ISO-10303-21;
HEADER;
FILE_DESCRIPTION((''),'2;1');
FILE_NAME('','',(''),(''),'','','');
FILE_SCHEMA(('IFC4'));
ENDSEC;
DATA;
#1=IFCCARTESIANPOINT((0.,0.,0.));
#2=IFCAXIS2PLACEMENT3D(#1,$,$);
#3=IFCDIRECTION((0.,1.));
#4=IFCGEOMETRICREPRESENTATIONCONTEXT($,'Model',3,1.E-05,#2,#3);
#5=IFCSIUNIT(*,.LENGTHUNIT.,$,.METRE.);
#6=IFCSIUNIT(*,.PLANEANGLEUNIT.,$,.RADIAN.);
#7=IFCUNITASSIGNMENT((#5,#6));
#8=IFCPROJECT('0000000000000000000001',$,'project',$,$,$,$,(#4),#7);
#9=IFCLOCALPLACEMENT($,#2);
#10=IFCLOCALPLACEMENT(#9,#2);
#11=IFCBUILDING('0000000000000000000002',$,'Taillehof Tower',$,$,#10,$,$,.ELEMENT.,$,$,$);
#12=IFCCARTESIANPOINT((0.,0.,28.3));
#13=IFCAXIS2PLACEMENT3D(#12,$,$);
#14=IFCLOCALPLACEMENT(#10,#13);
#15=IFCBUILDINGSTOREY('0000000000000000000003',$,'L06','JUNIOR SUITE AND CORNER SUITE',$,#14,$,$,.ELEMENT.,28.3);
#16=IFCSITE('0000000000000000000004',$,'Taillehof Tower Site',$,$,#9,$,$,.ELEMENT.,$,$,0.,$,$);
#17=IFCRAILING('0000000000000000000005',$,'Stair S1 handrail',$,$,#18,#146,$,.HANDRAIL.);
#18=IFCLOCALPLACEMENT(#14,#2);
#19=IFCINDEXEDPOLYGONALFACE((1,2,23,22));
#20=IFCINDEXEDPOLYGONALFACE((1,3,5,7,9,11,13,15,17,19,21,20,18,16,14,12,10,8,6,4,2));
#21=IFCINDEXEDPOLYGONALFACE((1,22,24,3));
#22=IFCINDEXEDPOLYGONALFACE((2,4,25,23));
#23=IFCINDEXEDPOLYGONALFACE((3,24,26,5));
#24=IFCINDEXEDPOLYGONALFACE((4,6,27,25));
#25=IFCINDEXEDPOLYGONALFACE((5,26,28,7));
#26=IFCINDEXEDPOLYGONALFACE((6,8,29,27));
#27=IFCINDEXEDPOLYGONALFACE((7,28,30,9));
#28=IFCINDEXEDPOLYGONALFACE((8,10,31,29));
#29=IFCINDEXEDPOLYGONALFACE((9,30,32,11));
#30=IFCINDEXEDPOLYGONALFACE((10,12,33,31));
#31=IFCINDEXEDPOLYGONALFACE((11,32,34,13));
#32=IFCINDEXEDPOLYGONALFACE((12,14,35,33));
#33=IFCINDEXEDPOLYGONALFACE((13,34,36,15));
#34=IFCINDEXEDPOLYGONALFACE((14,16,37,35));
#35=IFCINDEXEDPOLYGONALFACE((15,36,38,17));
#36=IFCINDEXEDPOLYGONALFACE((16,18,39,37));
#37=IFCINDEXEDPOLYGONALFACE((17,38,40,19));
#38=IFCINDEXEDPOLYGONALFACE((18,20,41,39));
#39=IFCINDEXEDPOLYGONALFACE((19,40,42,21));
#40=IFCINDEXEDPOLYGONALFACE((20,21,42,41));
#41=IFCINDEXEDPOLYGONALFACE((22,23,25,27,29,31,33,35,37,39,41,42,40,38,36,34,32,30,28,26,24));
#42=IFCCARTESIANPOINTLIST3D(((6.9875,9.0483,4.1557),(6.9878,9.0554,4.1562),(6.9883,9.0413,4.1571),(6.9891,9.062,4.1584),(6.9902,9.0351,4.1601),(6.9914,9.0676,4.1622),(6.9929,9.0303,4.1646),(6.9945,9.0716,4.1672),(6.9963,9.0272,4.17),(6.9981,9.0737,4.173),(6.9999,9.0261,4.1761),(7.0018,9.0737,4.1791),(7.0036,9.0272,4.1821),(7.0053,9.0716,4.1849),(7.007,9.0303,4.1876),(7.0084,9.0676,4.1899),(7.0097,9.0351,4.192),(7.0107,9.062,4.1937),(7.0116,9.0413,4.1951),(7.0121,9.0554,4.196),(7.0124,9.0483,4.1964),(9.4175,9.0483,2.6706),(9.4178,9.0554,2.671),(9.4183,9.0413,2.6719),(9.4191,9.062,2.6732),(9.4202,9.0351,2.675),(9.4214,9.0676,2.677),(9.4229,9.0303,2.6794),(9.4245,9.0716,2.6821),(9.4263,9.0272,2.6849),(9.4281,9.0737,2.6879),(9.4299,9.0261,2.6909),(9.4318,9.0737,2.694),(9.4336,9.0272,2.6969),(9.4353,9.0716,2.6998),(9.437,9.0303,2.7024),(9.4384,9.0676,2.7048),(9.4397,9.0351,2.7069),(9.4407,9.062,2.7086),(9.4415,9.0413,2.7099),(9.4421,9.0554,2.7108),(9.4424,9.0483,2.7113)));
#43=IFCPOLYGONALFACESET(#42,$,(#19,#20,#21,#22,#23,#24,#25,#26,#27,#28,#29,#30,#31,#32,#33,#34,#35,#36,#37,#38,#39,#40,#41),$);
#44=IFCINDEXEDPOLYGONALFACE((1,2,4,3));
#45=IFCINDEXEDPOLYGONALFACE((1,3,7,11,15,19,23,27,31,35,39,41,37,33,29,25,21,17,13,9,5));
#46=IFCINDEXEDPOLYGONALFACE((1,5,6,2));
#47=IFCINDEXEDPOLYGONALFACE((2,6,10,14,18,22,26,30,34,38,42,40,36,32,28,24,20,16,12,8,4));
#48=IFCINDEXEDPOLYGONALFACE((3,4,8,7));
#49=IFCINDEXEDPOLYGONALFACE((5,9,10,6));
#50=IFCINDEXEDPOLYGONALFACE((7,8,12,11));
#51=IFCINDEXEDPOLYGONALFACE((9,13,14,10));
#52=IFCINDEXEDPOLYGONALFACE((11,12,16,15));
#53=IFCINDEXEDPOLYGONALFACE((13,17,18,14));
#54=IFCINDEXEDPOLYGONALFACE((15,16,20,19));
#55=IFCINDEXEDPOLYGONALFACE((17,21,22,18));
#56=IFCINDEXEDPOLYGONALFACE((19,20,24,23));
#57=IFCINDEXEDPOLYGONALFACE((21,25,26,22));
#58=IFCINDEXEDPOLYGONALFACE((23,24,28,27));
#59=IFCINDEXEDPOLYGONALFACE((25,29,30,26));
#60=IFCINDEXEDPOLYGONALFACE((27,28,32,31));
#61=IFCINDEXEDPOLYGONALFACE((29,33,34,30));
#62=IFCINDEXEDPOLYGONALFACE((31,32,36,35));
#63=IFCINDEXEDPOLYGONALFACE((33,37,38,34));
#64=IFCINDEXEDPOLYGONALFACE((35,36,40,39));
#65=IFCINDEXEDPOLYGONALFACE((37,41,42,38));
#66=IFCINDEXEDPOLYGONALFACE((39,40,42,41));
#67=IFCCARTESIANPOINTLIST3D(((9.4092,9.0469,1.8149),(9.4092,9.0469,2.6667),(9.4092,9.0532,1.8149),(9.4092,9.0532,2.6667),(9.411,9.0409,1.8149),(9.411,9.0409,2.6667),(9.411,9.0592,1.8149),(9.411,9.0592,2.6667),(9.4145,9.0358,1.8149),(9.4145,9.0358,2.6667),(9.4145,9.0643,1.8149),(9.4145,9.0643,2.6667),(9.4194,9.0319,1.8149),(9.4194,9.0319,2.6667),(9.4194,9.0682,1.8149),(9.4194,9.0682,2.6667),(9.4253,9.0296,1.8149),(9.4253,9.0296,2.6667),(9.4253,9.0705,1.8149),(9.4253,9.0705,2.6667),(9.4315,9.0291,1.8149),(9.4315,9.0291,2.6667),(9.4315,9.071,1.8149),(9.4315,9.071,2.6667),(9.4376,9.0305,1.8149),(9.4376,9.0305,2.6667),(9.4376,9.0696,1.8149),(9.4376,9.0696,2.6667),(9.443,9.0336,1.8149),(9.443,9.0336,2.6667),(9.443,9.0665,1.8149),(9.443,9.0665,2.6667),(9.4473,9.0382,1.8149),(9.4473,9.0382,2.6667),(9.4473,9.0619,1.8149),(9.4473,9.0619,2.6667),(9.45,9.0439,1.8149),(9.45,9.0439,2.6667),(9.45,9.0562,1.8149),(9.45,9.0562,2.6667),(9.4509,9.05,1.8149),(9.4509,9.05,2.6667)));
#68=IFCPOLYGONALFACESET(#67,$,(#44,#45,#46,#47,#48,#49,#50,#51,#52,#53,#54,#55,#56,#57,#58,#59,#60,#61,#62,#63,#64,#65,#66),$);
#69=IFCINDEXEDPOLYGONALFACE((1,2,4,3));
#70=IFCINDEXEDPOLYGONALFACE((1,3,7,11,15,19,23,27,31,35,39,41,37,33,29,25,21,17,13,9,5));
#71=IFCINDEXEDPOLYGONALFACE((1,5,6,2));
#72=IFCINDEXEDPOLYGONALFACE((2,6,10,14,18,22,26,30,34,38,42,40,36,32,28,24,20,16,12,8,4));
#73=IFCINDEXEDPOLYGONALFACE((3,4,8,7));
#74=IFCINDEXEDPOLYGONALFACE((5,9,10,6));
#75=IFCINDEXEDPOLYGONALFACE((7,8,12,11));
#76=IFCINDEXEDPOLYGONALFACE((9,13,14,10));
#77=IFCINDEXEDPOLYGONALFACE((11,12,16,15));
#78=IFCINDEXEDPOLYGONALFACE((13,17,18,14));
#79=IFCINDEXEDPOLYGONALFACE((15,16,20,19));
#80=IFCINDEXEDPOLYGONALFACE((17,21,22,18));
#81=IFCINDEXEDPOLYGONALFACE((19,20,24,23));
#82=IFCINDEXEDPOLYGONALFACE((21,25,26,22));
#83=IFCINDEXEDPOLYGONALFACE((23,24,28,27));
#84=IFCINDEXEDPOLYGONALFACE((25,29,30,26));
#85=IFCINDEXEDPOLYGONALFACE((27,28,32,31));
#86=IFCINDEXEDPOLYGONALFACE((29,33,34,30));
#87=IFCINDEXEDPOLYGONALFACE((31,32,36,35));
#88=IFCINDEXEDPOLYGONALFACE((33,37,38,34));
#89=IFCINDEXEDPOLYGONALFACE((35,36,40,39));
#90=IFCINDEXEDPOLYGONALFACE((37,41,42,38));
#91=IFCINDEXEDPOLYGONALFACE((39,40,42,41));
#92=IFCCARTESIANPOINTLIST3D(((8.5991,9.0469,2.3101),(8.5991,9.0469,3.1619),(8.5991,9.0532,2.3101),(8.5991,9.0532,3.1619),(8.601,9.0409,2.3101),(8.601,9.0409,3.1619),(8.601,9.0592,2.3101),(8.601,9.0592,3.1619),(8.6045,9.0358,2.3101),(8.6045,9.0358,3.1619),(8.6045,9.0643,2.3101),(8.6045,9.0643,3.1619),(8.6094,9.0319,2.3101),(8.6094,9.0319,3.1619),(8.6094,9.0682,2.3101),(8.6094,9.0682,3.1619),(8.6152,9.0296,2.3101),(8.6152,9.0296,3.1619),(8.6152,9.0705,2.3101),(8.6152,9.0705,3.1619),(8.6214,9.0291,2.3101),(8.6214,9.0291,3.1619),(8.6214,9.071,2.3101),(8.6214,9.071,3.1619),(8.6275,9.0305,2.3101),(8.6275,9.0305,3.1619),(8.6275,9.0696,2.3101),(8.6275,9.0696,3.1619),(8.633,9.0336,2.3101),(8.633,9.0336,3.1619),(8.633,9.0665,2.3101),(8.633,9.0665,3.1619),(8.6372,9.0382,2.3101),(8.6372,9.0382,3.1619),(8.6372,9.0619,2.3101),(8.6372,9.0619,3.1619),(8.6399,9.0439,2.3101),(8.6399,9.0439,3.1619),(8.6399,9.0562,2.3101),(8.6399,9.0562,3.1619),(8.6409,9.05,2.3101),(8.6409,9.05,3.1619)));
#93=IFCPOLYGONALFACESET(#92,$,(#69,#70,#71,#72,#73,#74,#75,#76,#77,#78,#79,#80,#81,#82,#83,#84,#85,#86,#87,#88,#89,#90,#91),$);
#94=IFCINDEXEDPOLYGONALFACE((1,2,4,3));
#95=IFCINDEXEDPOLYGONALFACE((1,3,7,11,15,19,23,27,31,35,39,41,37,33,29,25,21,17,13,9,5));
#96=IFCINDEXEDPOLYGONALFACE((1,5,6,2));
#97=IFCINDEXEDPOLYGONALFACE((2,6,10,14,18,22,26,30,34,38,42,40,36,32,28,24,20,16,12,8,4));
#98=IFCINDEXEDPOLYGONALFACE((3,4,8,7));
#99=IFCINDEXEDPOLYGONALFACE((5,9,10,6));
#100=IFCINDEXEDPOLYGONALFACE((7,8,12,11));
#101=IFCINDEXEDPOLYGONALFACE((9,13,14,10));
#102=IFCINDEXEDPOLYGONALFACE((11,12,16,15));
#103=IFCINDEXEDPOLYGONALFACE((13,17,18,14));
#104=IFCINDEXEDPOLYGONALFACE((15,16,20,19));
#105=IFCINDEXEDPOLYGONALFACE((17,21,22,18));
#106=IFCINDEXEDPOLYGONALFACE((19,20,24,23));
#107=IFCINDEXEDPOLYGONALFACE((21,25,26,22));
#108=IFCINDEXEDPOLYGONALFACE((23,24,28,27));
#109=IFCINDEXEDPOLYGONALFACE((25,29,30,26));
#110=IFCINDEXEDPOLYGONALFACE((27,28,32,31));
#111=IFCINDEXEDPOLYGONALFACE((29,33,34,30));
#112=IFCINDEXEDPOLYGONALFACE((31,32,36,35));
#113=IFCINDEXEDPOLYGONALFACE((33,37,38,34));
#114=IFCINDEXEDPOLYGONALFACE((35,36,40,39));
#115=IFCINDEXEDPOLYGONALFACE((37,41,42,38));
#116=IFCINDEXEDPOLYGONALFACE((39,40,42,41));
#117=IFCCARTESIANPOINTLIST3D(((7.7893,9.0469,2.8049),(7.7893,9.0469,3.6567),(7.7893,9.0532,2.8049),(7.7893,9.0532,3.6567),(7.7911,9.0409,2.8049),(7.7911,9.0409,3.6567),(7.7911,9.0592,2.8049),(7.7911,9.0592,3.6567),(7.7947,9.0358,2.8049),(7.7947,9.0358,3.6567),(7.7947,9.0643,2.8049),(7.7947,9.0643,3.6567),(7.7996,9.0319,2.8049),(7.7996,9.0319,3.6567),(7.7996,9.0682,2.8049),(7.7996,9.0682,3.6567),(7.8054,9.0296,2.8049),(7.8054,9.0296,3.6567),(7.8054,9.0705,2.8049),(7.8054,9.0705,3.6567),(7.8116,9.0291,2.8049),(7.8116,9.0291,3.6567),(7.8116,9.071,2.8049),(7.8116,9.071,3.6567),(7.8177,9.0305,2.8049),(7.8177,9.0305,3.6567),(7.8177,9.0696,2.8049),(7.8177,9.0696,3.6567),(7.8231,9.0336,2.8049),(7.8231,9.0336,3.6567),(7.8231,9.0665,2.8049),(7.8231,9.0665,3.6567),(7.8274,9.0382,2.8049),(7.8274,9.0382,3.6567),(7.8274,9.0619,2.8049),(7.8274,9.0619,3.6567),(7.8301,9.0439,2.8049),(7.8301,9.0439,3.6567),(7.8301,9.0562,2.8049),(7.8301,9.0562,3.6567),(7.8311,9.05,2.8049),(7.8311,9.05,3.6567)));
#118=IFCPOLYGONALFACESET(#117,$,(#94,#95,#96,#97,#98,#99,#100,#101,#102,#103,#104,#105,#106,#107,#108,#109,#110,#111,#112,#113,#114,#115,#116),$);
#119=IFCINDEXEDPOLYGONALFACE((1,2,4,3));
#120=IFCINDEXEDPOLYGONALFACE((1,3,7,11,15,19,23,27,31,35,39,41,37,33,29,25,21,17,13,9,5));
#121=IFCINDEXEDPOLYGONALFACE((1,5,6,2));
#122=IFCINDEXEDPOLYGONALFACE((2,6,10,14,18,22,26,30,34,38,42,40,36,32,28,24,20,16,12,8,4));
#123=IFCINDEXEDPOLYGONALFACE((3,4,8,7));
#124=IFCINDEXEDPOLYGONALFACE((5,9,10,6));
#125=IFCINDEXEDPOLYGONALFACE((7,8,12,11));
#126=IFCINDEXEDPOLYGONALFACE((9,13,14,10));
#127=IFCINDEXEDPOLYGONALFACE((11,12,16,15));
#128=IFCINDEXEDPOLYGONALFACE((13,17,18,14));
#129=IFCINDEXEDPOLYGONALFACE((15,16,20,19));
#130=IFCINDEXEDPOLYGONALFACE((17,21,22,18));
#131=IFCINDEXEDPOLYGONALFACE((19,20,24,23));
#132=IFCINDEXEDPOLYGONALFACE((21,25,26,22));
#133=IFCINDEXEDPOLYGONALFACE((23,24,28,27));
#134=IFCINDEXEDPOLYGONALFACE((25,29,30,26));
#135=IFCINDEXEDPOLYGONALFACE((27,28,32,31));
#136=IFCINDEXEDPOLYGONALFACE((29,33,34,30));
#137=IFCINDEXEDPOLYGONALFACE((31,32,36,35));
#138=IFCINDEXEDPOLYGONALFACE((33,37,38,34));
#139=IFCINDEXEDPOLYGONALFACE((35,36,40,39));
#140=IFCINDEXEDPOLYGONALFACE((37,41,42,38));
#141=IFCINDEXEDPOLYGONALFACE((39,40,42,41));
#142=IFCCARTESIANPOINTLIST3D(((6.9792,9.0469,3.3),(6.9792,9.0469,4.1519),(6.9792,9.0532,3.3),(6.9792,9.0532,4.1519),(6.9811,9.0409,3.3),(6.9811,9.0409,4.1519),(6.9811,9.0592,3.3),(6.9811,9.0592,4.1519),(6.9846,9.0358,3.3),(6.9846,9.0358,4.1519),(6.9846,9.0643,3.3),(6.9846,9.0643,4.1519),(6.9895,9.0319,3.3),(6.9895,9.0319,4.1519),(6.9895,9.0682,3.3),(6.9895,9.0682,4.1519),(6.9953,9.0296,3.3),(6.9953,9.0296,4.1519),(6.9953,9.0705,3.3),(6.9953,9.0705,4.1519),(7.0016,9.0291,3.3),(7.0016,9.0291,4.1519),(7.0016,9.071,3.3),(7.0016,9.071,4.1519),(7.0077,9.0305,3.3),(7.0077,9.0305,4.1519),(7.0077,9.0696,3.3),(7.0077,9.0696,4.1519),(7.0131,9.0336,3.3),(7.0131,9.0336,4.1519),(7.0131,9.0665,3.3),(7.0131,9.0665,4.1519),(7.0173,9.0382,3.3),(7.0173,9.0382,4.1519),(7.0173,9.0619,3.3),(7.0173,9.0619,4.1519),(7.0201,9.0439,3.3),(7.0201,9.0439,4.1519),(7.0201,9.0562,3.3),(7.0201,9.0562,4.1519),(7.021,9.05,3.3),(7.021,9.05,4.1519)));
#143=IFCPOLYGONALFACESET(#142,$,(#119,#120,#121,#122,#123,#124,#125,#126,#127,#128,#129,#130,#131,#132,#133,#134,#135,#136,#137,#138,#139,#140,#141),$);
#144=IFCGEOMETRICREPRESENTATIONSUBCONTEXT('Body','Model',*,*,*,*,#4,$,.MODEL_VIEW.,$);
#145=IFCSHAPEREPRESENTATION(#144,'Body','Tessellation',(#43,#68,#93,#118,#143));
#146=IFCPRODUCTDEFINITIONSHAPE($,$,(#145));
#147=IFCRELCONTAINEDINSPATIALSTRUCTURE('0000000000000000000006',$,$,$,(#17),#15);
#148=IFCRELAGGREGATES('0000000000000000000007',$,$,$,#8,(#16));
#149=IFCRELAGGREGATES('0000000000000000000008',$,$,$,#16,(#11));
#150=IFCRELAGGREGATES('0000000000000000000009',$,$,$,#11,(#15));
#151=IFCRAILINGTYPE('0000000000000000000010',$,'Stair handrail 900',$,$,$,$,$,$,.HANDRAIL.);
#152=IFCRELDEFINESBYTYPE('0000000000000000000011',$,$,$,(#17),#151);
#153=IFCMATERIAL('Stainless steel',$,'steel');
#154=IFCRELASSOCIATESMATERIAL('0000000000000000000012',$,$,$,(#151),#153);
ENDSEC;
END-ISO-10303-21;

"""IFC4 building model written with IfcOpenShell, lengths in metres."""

from ifc_helpers import new_model, si_unit, direction, frame, origin, origin_2d, place, context, subcontext, project, spatial, circle, extrude, material, type_object, element, save


model = new_model("IFC4")

# Units and contexts
model_context = context("Model", 3, precision=1e-05, world=origin(), true_north=direction((0.0, 1.0)))
body_context = subcontext(model_context, "Body", "Model", "MODEL_VIEW")
ifc_project = project(units=[si_unit("LENGTHUNIT", "METRE"), si_unit("PLANEANGLEUNIT", "RADIAN")], contexts=[model_context])

# Site, building, storey
site_placement = place(None, origin())
site = spatial("IfcSite", under=ifc_project, at=site_placement, Name="Taillehof Tower Site", CompositionType="ELEMENT", RefElevation=0.0)
building_placement = place(site_placement, origin())
building = spatial("IfcBuilding", under=site, at=building_placement, Name="Taillehof Tower", CompositionType="ELEMENT")
storey_placement = place(building_placement, frame((0.0, 0.0, 28.3)))
storey = spatial("IfcBuildingStorey", under=building, at=storey_placement, Name="L06", Description="JUNIOR SUITE AND CORNER SUITE", CompositionType="ELEMENT", Elevation=28.3)

# Railing
ifc_material_1 = material(Name="Stainless steel", Category="steel")
railing_type = type_object("IfcRailingType", Name="Stair handrail 900", PredefinedType="HANDRAIL", material=ifc_material_1)
railing_1_placement = place(storey_placement, frame((9.4299, 9.05, 1.8149)))
element("IfcRailing", 1, at=railing_1_placement, inside=storey, type_object=railing_type, Name="Stair S1 handrail", PredefinedType="HANDRAIL", context=body_context, shape_type="SweptSolid", body=[
    extrude(circle(Radius=0.0239, at=origin_2d()), frame((0.0, 0.0, 0.876), z_axis=(-0.853259, 0.0, 0.521488), x_axis=(0.0, -1.0, 0.0)), (0.0, 0.0, 1.0), 2.8479),
    extrude(circle(Radius=0.021, at=origin_2d()), origin(), (0.0, 0.0, 1.0), 0.8518),
    extrude(circle(Radius=0.021, at=origin_2d()), frame((-0.8101, 0.0, 0.4951)), (0.0, 0.0, 1.0), 0.8518),
    extrude(circle(Radius=0.021, at=origin_2d()), frame((-1.6199, 0.0, 0.99)), (0.0, 0.0, 1.0), 0.8518),
    extrude(circle(Radius=0.021, at=origin_2d()), frame((-2.4299, 0.0, 1.4851)), (0.0, 0.0, 1.0), 0.8518),
])

save(model, "model.ifc")
